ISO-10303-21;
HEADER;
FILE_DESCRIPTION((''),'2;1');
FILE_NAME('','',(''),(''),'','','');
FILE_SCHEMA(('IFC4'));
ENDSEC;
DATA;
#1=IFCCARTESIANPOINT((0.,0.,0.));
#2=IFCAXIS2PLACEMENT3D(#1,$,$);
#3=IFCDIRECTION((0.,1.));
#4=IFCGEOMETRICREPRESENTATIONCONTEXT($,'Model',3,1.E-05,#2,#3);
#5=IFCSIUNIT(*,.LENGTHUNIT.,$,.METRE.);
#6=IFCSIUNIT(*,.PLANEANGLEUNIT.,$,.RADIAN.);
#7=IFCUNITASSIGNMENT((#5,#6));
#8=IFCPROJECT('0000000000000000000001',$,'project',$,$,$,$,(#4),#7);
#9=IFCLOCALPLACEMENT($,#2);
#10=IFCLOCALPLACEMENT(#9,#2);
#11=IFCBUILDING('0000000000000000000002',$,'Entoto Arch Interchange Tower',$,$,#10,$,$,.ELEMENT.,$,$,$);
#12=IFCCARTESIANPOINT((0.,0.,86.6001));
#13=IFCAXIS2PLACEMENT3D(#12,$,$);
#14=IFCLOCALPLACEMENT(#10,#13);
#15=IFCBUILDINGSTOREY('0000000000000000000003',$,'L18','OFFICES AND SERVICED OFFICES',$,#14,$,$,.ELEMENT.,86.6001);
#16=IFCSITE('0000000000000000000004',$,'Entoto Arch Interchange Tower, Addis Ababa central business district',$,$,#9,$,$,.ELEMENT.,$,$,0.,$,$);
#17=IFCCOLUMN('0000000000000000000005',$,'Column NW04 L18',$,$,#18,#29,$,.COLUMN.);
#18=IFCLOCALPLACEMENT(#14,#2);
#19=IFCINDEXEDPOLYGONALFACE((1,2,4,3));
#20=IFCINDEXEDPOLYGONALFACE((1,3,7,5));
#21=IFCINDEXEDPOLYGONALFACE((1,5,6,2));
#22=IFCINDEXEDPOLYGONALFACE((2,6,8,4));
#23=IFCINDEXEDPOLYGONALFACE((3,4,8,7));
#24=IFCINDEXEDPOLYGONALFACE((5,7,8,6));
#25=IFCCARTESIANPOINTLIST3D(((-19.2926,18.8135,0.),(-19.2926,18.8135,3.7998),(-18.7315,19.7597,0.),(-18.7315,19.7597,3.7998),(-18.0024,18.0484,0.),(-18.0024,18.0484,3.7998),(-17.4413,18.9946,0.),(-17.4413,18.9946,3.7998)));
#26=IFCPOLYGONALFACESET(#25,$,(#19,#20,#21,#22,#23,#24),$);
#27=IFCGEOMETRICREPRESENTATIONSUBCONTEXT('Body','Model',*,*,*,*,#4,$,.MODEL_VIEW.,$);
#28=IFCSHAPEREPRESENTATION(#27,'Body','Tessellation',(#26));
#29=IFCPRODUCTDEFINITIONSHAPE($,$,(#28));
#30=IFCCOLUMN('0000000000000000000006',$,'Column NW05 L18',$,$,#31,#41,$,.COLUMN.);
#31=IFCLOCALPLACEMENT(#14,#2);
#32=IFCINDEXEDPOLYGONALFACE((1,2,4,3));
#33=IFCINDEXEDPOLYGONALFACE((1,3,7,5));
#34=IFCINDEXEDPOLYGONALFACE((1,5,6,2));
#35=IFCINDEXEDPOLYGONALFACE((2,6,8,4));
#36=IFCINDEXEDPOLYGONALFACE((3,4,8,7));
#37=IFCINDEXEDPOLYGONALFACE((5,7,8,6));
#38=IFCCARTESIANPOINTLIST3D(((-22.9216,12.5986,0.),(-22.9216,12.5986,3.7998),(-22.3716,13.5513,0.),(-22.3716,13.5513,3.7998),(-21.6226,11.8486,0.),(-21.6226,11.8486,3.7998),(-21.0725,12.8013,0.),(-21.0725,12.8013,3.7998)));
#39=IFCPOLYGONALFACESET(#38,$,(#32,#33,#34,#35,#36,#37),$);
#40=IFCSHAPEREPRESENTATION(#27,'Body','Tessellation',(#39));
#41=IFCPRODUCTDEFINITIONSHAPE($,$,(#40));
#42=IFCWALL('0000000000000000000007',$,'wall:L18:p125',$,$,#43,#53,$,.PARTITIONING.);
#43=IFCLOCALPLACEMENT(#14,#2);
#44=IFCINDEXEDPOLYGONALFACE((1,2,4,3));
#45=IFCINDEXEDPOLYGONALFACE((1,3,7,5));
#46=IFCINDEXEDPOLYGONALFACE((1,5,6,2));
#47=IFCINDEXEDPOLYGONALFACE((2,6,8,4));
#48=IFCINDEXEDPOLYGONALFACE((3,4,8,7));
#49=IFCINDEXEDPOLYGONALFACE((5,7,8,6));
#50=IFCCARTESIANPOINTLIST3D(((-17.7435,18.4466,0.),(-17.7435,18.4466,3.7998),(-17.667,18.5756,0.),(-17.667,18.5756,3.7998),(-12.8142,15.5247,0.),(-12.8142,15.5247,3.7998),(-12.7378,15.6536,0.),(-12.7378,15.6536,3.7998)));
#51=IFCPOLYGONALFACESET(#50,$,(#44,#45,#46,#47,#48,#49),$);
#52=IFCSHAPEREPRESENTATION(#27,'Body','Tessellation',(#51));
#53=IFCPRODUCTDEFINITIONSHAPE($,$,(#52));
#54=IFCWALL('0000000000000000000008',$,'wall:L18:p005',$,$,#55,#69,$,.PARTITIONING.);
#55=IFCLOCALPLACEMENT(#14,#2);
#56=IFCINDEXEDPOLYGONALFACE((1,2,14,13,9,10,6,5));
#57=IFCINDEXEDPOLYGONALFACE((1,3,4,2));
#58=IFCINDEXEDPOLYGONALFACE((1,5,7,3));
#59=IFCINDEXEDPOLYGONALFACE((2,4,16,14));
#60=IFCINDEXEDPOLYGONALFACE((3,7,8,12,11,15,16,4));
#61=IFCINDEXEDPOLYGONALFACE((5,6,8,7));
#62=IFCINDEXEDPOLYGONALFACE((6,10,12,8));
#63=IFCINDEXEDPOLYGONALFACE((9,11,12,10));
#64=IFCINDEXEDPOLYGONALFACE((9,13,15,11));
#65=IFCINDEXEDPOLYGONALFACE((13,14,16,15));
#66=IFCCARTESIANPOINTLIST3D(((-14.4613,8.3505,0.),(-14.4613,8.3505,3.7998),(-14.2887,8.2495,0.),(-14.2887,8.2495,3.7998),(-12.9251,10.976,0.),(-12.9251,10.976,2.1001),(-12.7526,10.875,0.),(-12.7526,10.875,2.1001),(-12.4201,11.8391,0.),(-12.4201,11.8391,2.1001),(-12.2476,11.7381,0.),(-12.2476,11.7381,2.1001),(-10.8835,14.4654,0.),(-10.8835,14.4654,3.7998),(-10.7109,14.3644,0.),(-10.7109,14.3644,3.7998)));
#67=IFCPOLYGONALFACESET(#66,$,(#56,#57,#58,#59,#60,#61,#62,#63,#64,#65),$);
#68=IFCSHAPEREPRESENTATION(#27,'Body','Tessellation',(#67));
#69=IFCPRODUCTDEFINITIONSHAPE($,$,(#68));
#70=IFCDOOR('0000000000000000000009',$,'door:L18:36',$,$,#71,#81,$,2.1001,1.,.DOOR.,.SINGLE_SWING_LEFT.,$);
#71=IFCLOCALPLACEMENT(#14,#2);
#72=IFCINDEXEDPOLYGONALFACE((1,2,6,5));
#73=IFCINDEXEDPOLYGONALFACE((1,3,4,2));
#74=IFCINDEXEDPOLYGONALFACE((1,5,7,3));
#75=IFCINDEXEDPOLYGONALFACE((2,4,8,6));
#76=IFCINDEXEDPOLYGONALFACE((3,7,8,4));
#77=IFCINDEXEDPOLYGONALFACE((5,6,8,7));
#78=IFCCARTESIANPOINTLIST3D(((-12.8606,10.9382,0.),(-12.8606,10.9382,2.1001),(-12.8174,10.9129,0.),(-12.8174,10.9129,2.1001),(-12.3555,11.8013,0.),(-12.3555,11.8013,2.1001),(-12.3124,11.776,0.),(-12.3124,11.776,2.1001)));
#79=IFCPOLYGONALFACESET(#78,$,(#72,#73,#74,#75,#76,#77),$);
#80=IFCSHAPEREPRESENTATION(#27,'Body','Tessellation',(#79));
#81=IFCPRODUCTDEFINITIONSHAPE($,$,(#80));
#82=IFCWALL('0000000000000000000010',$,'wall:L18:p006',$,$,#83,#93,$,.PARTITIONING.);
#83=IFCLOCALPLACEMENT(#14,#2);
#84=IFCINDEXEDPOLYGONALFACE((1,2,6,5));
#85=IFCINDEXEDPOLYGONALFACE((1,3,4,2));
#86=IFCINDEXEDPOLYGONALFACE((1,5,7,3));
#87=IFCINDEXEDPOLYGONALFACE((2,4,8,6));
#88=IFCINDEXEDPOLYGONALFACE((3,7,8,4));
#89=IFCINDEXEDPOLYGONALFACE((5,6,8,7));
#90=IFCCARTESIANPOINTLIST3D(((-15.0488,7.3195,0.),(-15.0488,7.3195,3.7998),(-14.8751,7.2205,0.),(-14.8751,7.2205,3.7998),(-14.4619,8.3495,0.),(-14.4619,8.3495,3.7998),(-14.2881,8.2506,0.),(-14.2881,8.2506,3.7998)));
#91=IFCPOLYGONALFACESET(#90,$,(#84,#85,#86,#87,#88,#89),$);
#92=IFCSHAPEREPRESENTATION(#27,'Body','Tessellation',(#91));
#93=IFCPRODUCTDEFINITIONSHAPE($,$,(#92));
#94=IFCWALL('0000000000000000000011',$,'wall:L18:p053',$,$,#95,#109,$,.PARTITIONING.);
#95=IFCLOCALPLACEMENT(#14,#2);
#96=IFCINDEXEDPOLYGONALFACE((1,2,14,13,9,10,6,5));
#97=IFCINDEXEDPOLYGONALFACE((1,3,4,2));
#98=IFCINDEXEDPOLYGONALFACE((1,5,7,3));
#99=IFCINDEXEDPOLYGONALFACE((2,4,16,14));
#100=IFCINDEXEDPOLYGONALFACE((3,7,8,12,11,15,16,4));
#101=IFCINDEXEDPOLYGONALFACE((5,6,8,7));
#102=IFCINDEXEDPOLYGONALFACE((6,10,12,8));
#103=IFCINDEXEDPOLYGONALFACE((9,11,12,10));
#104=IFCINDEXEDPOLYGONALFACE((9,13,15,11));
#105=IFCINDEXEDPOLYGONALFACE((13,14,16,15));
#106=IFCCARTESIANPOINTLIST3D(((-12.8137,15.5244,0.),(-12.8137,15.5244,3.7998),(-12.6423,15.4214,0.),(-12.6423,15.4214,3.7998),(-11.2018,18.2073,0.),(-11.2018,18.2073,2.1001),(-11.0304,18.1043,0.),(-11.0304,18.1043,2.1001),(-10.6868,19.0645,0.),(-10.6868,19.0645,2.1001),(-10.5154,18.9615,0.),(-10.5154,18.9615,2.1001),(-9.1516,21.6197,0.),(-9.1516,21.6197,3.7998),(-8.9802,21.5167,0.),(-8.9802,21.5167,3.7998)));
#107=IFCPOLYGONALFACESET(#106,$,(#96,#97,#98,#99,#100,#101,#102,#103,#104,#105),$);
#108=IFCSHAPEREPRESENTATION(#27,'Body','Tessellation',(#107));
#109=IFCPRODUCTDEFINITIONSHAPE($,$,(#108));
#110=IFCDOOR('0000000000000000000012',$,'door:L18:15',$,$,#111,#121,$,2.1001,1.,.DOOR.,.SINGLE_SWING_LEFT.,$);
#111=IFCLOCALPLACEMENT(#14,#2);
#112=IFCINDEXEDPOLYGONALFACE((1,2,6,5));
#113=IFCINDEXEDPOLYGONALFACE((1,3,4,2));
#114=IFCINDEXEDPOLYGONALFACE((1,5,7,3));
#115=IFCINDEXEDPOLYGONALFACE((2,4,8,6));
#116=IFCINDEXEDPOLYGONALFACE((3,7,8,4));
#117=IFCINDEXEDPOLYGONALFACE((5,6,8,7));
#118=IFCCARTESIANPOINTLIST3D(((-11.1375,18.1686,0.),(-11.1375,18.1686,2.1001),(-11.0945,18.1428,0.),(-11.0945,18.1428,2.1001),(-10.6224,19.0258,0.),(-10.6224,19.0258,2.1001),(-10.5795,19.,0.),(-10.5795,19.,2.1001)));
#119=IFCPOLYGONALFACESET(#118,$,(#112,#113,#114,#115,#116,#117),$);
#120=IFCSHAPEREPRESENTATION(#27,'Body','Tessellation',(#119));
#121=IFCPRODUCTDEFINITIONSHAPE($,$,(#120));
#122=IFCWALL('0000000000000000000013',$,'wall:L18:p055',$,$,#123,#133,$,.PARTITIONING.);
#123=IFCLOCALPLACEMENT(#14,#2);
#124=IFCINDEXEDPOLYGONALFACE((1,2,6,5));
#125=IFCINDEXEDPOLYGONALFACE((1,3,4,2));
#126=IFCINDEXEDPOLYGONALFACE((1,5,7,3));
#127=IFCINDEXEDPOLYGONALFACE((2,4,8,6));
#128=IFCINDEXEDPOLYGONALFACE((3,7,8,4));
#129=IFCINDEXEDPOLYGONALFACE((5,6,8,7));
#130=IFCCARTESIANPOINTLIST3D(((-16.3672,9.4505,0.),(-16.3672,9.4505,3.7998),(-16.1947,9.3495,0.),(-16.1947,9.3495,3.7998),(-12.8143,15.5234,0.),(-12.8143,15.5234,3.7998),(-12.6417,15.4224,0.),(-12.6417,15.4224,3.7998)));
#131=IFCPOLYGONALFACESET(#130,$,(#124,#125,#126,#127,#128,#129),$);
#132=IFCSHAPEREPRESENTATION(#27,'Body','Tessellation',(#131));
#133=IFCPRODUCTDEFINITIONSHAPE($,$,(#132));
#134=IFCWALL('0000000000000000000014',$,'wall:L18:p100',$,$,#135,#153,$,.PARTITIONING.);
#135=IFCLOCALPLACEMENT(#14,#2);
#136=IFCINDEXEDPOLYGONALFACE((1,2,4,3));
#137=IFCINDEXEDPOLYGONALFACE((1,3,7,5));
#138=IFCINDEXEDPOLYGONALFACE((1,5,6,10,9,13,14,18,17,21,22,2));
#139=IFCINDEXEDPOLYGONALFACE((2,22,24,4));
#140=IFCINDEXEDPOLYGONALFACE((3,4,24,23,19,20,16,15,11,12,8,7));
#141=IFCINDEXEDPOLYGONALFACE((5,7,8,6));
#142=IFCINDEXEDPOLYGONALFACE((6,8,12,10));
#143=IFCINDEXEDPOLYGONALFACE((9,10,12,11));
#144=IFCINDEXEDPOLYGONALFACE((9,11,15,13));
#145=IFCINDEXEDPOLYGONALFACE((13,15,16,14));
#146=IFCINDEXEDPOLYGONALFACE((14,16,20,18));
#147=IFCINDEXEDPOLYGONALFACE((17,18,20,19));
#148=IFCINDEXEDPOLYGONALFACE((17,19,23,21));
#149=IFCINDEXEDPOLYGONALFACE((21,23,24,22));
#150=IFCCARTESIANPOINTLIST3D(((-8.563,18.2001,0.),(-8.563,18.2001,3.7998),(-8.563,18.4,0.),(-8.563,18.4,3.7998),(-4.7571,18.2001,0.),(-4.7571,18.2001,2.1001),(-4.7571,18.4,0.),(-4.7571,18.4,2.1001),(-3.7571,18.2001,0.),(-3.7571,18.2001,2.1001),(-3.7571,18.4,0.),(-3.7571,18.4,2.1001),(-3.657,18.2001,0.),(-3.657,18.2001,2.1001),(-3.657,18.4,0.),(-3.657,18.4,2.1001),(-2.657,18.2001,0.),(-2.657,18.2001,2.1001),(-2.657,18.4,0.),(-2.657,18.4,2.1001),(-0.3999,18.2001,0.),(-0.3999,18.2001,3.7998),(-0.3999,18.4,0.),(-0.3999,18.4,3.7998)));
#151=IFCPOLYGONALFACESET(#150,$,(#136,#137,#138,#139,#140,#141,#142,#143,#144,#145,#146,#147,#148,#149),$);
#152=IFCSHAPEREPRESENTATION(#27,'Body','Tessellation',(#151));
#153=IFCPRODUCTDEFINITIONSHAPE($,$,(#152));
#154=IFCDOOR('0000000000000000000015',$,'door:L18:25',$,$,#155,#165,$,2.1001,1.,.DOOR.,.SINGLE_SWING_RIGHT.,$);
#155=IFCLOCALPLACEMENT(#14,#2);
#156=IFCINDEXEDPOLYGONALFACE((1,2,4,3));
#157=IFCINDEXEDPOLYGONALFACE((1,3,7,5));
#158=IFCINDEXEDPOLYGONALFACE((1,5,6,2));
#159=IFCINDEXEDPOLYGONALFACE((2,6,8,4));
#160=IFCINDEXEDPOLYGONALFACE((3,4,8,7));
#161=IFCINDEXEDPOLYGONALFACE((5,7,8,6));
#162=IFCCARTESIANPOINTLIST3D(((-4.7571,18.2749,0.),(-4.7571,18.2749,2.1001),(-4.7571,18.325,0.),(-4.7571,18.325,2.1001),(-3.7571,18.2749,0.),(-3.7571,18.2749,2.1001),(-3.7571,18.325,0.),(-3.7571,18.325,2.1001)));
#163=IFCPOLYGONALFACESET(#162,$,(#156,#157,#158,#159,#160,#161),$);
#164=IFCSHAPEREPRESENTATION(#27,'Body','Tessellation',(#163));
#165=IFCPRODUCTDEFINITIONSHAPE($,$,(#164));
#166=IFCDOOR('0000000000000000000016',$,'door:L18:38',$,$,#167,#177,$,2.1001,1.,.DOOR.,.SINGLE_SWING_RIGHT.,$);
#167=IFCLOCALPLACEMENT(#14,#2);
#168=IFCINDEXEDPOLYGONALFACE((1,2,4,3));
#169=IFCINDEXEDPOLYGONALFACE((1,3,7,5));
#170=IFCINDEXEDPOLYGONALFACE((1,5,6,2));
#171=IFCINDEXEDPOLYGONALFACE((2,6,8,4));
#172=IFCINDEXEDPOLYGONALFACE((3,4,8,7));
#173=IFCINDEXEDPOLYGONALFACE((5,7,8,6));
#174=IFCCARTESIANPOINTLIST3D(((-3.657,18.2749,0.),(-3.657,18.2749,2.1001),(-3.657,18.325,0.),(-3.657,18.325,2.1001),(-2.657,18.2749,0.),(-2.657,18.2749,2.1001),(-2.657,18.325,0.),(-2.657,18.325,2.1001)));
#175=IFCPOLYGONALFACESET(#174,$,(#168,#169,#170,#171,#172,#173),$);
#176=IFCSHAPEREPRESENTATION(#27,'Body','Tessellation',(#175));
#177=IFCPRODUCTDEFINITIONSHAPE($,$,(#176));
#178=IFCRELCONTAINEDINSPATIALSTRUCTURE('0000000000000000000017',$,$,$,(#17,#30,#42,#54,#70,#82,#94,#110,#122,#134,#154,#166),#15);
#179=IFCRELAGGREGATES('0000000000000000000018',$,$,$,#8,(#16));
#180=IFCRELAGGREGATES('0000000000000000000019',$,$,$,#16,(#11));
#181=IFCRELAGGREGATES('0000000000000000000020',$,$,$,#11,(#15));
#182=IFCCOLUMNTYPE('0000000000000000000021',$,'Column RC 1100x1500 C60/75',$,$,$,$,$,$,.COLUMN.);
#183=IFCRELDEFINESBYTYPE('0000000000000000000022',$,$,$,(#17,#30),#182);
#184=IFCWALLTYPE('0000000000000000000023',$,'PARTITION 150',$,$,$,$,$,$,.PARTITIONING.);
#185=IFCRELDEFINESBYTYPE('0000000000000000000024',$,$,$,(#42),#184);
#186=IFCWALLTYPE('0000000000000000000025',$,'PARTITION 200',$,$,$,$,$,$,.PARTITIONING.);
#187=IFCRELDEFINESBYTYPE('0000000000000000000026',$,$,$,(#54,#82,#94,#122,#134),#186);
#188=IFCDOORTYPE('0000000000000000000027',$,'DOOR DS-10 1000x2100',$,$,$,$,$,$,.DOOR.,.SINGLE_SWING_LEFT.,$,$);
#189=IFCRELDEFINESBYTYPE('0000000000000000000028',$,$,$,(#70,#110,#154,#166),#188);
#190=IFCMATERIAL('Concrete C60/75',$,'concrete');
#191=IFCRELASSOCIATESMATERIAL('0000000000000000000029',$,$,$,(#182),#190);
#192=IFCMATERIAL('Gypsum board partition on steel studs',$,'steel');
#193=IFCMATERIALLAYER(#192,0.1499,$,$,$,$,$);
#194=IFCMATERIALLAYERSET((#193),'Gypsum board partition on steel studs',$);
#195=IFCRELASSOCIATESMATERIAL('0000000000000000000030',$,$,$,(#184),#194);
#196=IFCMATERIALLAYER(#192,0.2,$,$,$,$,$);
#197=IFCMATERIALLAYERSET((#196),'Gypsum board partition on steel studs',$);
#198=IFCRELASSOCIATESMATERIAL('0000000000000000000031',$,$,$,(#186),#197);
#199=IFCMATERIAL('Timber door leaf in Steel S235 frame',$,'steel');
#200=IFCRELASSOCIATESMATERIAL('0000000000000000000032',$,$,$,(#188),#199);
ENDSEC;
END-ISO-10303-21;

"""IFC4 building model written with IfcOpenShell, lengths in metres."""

from ifc_helpers import new_model, si_unit, direction, frame, frame_2d, origin, origin_2d, place, context, subcontext, project, spatial, rectangle, extrude, material, layer, layer_set, material_profile, profile_set, type_object, element, fill, save


model = new_model("IFC4")

# Units and contexts
model_context = context("Model", 3, precision=1e-05, world=origin(), true_north=direction((0.0, 1.0)))
body_context = subcontext(model_context, "Body", "Model", "MODEL_VIEW")
ifc_project = project(units=[si_unit("LENGTHUNIT", "METRE"), si_unit("PLANEANGLEUNIT", "RADIAN")], contexts=[model_context])

# Site, building, storey
site_placement = place(None, origin())
site = spatial("IfcSite", under=ifc_project, at=site_placement, Name="Entoto Arch Interchange Tower, Addis Ababa central business district", CompositionType="ELEMENT", RefElevation=0.0)
building_placement = place(site_placement, origin())
building = spatial("IfcBuilding", under=site, at=building_placement, Name="Entoto Arch Interchange Tower", CompositionType="ELEMENT")
storey_placement = place(building_placement, frame((0.0, 0.0, 86.6001)))
storey = spatial("IfcBuildingStorey", under=building, at=storey_placement, Name="L18", Description="OFFICES AND SERVICED OFFICES", CompositionType="ELEMENT", Elevation=86.6001)

# Columns
ifc_material_1 = material(Name="Concrete C60/75", Category="concrete")
ifc_material_profile = material_profile(ifc_material_1, rectangle(XDim=1.1001, YDim=1.5, at=origin_2d()))
ifc_profile_set = profile_set([ifc_material_profile], Name="Concrete C60/75")
column_type = type_object("IfcColumnType", Name="Column RC 1100x1500 C60/75", PredefinedType="COLUMN", material=ifc_profile_set)
for number, where, z_axis, x_axis, name in (
    (1, (-18.3669, 18.9041, 0.0), (0.0, 0.0, 1.0), (0.510093, 0.860119, 0.0), "Column NW04 L18"),
    (2, (-21.9971, 12.7, 0.0), (0.0, 0.0, 1.0), (0.5, 0.866025, 0.0), "Column NW05 L18"),
):
    element("IfcColumn", number, at=place(storey_placement, frame(where, z_axis=z_axis, x_axis=x_axis)), inside=storey, type_object=column_type, Name=name, PredefinedType="COLUMN", context=body_context, shape_type="SweptSolid", body=[
        extrude(rectangle(XDim=1.1001, YDim=1.5, at=origin_2d()), origin(), (0.0, 0.0, 1.0), 3.7998),
    ])

# Wall
ifc_material_2 = material(Name="Gypsum board partition on steel studs", Category="steel")
ifc_layer_1 = layer(ifc_material_2, 0.1499)
ifc_layer_set_1 = layer_set([ifc_layer_1], Name="Gypsum board partition on steel studs")
wall_type_1 = type_object("IfcWallType", Name="PARTITION 150", PredefinedType="PARTITIONING", material=ifc_layer_set_1)
wall_1_placement = place(storey_placement, frame((-12.7759, 15.5891, 0.0), z_axis=(0.0, 0.0, 1.0), x_axis=(-0.860225, 0.509915, 0.0)))
element("IfcWall", 3, at=wall_1_placement, inside=storey, type_object=wall_type_1, Name="wall:L18:p125", PredefinedType="PARTITIONING", context=body_context, shape_type="SweptSolid", body=[
    extrude(rectangle(XDim=5.7302, YDim=0.1499, at=frame_2d((2.8652, 0.0))), origin(), (0.0, 0.0, 1.0), 3.7998),
])

# Wall, opening, door
ifc_layer_2 = layer(ifc_material_2, 0.2)
ifc_layer_set_2 = layer_set([ifc_layer_2], Name="Gypsum board partition on steel studs")
wall_type_2 = type_object("IfcWallType", Name="PARTITION 200", PredefinedType="PARTITIONING", material=ifc_layer_set_2)
wall_2_placement = place(storey_placement, frame((-10.7971, 14.415, 0.0), z_axis=(0.0, 0.0, 1.0), x_axis=(-0.505008, -0.863114, 0.0)))
wall_2 = element("IfcWall", 4, at=wall_2_placement, inside=storey, type_object=wall_type_2, Name="wall:L18:p005", PredefinedType="PARTITIONING", context=body_context, shape_type="SweptSolid", body=[
    extrude(rectangle(XDim=7.0847, YDim=0.2, at=frame_2d((3.5425, 0.0))), origin(), (0.0, 0.0, 1.0), 3.7998),
])
opening_1_placement = place(wall_2_placement, frame((3.043, 0.0, 0.0)))
opening_1 = element("IfcOpeningElement", 5, at=opening_1_placement, cuts=wall_2, PredefinedType="OPENING", context=body_context, shape_type="SweptSolid", body=[
    extrude(rectangle(XDim=1.0, YDim=2.1001, at=frame_2d((0.5, 1.05))), frame((0.0, 0.1099, 0.0), z_axis=(0.0, -1.0, 0.0), x_axis=(1.0, 0.0, 0.0)), (0.0, 0.0, 1.0), 0.22),
])
ifc_material_3 = material(Name="Timber door leaf in Steel S235 frame", Category="steel")
door_type_1 = type_object("IfcDoorType", Name="DOOR DS-10 1000x2100", OperationType="SINGLE_SWING_LEFT", PredefinedType="DOOR", material=ifc_material_3)
door_1_placement = place(opening_1_placement, origin())
door_1 = element("IfcDoor", 6, at=door_1_placement, inside=storey, type_object=door_type_1, Name="door:L18:36", OperationType="SINGLE_SWING_LEFT", OverallHeight=2.1001, OverallWidth=1.0, PredefinedType="DOOR", context=body_context, shape_type="SweptSolid", body=[
    extrude(rectangle(XDim=1.0, YDim=2.1001, at=frame_2d((0.5, 1.05))), frame((0.0, 0.0249, 0.0), z_axis=(0.0, -1.0, 0.0), x_axis=(1.0, 0.0, 0.0)), (0.0, 0.0, 1.0), 0.05),
])
fill(opening_1, door_1)

# Wall
wall_3_placement = place(storey_placement, frame((-14.375, 8.3, 0.0), z_axis=(0.0, 0.0, 1.0), x_axis=(-0.495074, -0.868851, 0.0)))
element("IfcWall", 7, at=wall_3_placement, inside=storey, type_object=wall_type_2, Name="wall:L18:p006", PredefinedType="PARTITIONING", context=body_context, shape_type="SweptSolid", body=[
    extrude(rectangle(XDim=1.1855, YDim=0.2, at=frame_2d((0.5928, 0.0))), origin(), (0.0, 0.0, 1.0), 3.7998),
])

# Wall, opening, door
wall_4_placement = place(storey_placement, frame((-12.728, 15.4729, 0.0), z_axis=(0.0, 0.0, 1.0), x_axis=(0.515011, 0.857184, 0.0)))
wall_4 = element("IfcWall", 8, at=wall_4_placement, inside=storey, type_object=wall_type_2, Name="wall:L18:p053", PredefinedType="PARTITIONING", context=body_context, shape_type="SweptSolid", body=[
    extrude(rectangle(XDim=7.1108, YDim=0.2, at=frame_2d((3.5554, 0.0))), origin(), (0.0, 0.0, 1.0), 3.7998),
])
opening_2_placement = place(wall_4_placement, frame((3.1299, 0.0, 0.0)))
opening_2 = element("IfcOpeningElement", 9, at=opening_2_placement, cuts=wall_4, PredefinedType="OPENING", context=body_context, shape_type="SweptSolid", body=[
    extrude(rectangle(XDim=1.0, YDim=2.1001, at=frame_2d((0.5, 1.05))), frame((0.0, 0.1099, 0.0), z_axis=(0.0, -1.0, 0.0), x_axis=(1.0, 0.0, 0.0)), (0.0, 0.0, 1.0), 0.22),
])
door_2_placement = place(opening_2_placement, origin())
door_2 = element("IfcDoor", 10, at=door_2_placement, inside=storey, type_object=door_type_1, Name="door:L18:15", OperationType="SINGLE_SWING_LEFT", OverallHeight=2.1001, OverallWidth=1.0, PredefinedType="DOOR", context=body_context, shape_type="SweptSolid", body=[
    extrude(rectangle(XDim=1.0, YDim=2.1001, at=frame_2d((0.5, 1.05))), frame((0.0, 0.0249, 0.0), z_axis=(0.0, -1.0, 0.0), x_axis=(1.0, 0.0, 0.0)), (0.0, 0.0, 1.0), 0.05),
])
fill(opening_2, door_2)

# Wall
wall_5_placement = place(storey_placement, frame((-16.281, 9.3999, 0.0), z_axis=(0.0, 0.0, 1.0), x_axis=(0.504973, 0.863135, 0.0)))
element("IfcWall", 11, at=wall_5_placement, inside=storey, type_object=wall_type_2, Name="wall:L18:p055", PredefinedType="PARTITIONING", context=body_context, shape_type="SweptSolid", body=[
    extrude(rectangle(XDim=7.0359, YDim=0.2, at=frame_2d((3.5181, 0.0))), origin(), (0.0, 0.0, 1.0), 3.7998),
])

# Wall, openings, doors
wall_6_placement = place(storey_placement, frame((-8.563, 18.3, 0.0), z_axis=(0.0, 0.0, 1.0), x_axis=(1.0, 0.0, 0.0)))
wall_6 = element("IfcWall", 12, at=wall_6_placement, inside=storey, type_object=wall_type_2, Name="wall:L18:p100", PredefinedType="PARTITIONING", context=body_context, shape_type="SweptSolid", body=[
    extrude(rectangle(XDim=8.1631, YDim=0.2, at=frame_2d((4.0815, 0.0))), origin(), (0.0, 0.0, 1.0), 3.7998),
])
opening_3_placement = place(wall_6_placement, frame((3.8059, 0.0, 0.0)))
opening_3 = element("IfcOpeningElement", 13, at=opening_3_placement, cuts=wall_6, PredefinedType="OPENING", context=body_context, shape_type="SweptSolid", body=[
    extrude(rectangle(XDim=1.0, YDim=2.1001, at=frame_2d((0.5, 1.05))), frame((0.0, 0.1099, 0.0), z_axis=(0.0, -1.0, 0.0), x_axis=(1.0, 0.0, 0.0)), (0.0, 0.0, 1.0), 0.22),
])
opening_4_placement = place(wall_6_placement, frame((4.906, 0.0, 0.0)))
opening_4 = element("IfcOpeningElement", 14, at=opening_4_placement, cuts=wall_6, PredefinedType="OPENING", context=body_context, shape_type="SweptSolid", body=[
    extrude(rectangle(XDim=1.0, YDim=2.1001, at=frame_2d((0.5, 1.05))), frame((0.0, 0.1099, 0.0), z_axis=(0.0, -1.0, 0.0), x_axis=(1.0, 0.0, 0.0)), (0.0, 0.0, 1.0), 0.22),
])
door_3_placement = place(opening_3_placement, origin())
door_3 = element("IfcDoor", 15, at=door_3_placement, inside=storey, type_object=door_type_1, Name="door:L18:25", OperationType="SINGLE_SWING_RIGHT", OverallHeight=2.1001, OverallWidth=1.0, PredefinedType="DOOR", context=body_context, shape_type="SweptSolid", body=[
    extrude(rectangle(XDim=1.0, YDim=2.1001, at=frame_2d((0.5, 1.05))), frame((0.0, 0.0249, 0.0), z_axis=(0.0, -1.0, 0.0), x_axis=(1.0, 0.0, 0.0)), (0.0, 0.0, 1.0), 0.05),
])
fill(opening_3, door_3)
door_4_placement = place(opening_4_placement, origin())
door_4 = element("IfcDoor", 16, at=door_4_placement, inside=storey, type_object=door_type_1, Name="door:L18:38", OperationType="SINGLE_SWING_RIGHT", OverallHeight=2.1001, OverallWidth=1.0, PredefinedType="DOOR", context=body_context, shape_type="SweptSolid", body=[
    extrude(rectangle(XDim=1.0, YDim=2.1001, at=frame_2d((0.5, 1.05))), frame((0.0, 0.0249, 0.0), z_axis=(0.0, -1.0, 0.0), x_axis=(1.0, 0.0, 0.0)), (0.0, 0.0, 1.0), 0.05),
])
fill(opening_4, door_4)

save(model, "model.ifc")
